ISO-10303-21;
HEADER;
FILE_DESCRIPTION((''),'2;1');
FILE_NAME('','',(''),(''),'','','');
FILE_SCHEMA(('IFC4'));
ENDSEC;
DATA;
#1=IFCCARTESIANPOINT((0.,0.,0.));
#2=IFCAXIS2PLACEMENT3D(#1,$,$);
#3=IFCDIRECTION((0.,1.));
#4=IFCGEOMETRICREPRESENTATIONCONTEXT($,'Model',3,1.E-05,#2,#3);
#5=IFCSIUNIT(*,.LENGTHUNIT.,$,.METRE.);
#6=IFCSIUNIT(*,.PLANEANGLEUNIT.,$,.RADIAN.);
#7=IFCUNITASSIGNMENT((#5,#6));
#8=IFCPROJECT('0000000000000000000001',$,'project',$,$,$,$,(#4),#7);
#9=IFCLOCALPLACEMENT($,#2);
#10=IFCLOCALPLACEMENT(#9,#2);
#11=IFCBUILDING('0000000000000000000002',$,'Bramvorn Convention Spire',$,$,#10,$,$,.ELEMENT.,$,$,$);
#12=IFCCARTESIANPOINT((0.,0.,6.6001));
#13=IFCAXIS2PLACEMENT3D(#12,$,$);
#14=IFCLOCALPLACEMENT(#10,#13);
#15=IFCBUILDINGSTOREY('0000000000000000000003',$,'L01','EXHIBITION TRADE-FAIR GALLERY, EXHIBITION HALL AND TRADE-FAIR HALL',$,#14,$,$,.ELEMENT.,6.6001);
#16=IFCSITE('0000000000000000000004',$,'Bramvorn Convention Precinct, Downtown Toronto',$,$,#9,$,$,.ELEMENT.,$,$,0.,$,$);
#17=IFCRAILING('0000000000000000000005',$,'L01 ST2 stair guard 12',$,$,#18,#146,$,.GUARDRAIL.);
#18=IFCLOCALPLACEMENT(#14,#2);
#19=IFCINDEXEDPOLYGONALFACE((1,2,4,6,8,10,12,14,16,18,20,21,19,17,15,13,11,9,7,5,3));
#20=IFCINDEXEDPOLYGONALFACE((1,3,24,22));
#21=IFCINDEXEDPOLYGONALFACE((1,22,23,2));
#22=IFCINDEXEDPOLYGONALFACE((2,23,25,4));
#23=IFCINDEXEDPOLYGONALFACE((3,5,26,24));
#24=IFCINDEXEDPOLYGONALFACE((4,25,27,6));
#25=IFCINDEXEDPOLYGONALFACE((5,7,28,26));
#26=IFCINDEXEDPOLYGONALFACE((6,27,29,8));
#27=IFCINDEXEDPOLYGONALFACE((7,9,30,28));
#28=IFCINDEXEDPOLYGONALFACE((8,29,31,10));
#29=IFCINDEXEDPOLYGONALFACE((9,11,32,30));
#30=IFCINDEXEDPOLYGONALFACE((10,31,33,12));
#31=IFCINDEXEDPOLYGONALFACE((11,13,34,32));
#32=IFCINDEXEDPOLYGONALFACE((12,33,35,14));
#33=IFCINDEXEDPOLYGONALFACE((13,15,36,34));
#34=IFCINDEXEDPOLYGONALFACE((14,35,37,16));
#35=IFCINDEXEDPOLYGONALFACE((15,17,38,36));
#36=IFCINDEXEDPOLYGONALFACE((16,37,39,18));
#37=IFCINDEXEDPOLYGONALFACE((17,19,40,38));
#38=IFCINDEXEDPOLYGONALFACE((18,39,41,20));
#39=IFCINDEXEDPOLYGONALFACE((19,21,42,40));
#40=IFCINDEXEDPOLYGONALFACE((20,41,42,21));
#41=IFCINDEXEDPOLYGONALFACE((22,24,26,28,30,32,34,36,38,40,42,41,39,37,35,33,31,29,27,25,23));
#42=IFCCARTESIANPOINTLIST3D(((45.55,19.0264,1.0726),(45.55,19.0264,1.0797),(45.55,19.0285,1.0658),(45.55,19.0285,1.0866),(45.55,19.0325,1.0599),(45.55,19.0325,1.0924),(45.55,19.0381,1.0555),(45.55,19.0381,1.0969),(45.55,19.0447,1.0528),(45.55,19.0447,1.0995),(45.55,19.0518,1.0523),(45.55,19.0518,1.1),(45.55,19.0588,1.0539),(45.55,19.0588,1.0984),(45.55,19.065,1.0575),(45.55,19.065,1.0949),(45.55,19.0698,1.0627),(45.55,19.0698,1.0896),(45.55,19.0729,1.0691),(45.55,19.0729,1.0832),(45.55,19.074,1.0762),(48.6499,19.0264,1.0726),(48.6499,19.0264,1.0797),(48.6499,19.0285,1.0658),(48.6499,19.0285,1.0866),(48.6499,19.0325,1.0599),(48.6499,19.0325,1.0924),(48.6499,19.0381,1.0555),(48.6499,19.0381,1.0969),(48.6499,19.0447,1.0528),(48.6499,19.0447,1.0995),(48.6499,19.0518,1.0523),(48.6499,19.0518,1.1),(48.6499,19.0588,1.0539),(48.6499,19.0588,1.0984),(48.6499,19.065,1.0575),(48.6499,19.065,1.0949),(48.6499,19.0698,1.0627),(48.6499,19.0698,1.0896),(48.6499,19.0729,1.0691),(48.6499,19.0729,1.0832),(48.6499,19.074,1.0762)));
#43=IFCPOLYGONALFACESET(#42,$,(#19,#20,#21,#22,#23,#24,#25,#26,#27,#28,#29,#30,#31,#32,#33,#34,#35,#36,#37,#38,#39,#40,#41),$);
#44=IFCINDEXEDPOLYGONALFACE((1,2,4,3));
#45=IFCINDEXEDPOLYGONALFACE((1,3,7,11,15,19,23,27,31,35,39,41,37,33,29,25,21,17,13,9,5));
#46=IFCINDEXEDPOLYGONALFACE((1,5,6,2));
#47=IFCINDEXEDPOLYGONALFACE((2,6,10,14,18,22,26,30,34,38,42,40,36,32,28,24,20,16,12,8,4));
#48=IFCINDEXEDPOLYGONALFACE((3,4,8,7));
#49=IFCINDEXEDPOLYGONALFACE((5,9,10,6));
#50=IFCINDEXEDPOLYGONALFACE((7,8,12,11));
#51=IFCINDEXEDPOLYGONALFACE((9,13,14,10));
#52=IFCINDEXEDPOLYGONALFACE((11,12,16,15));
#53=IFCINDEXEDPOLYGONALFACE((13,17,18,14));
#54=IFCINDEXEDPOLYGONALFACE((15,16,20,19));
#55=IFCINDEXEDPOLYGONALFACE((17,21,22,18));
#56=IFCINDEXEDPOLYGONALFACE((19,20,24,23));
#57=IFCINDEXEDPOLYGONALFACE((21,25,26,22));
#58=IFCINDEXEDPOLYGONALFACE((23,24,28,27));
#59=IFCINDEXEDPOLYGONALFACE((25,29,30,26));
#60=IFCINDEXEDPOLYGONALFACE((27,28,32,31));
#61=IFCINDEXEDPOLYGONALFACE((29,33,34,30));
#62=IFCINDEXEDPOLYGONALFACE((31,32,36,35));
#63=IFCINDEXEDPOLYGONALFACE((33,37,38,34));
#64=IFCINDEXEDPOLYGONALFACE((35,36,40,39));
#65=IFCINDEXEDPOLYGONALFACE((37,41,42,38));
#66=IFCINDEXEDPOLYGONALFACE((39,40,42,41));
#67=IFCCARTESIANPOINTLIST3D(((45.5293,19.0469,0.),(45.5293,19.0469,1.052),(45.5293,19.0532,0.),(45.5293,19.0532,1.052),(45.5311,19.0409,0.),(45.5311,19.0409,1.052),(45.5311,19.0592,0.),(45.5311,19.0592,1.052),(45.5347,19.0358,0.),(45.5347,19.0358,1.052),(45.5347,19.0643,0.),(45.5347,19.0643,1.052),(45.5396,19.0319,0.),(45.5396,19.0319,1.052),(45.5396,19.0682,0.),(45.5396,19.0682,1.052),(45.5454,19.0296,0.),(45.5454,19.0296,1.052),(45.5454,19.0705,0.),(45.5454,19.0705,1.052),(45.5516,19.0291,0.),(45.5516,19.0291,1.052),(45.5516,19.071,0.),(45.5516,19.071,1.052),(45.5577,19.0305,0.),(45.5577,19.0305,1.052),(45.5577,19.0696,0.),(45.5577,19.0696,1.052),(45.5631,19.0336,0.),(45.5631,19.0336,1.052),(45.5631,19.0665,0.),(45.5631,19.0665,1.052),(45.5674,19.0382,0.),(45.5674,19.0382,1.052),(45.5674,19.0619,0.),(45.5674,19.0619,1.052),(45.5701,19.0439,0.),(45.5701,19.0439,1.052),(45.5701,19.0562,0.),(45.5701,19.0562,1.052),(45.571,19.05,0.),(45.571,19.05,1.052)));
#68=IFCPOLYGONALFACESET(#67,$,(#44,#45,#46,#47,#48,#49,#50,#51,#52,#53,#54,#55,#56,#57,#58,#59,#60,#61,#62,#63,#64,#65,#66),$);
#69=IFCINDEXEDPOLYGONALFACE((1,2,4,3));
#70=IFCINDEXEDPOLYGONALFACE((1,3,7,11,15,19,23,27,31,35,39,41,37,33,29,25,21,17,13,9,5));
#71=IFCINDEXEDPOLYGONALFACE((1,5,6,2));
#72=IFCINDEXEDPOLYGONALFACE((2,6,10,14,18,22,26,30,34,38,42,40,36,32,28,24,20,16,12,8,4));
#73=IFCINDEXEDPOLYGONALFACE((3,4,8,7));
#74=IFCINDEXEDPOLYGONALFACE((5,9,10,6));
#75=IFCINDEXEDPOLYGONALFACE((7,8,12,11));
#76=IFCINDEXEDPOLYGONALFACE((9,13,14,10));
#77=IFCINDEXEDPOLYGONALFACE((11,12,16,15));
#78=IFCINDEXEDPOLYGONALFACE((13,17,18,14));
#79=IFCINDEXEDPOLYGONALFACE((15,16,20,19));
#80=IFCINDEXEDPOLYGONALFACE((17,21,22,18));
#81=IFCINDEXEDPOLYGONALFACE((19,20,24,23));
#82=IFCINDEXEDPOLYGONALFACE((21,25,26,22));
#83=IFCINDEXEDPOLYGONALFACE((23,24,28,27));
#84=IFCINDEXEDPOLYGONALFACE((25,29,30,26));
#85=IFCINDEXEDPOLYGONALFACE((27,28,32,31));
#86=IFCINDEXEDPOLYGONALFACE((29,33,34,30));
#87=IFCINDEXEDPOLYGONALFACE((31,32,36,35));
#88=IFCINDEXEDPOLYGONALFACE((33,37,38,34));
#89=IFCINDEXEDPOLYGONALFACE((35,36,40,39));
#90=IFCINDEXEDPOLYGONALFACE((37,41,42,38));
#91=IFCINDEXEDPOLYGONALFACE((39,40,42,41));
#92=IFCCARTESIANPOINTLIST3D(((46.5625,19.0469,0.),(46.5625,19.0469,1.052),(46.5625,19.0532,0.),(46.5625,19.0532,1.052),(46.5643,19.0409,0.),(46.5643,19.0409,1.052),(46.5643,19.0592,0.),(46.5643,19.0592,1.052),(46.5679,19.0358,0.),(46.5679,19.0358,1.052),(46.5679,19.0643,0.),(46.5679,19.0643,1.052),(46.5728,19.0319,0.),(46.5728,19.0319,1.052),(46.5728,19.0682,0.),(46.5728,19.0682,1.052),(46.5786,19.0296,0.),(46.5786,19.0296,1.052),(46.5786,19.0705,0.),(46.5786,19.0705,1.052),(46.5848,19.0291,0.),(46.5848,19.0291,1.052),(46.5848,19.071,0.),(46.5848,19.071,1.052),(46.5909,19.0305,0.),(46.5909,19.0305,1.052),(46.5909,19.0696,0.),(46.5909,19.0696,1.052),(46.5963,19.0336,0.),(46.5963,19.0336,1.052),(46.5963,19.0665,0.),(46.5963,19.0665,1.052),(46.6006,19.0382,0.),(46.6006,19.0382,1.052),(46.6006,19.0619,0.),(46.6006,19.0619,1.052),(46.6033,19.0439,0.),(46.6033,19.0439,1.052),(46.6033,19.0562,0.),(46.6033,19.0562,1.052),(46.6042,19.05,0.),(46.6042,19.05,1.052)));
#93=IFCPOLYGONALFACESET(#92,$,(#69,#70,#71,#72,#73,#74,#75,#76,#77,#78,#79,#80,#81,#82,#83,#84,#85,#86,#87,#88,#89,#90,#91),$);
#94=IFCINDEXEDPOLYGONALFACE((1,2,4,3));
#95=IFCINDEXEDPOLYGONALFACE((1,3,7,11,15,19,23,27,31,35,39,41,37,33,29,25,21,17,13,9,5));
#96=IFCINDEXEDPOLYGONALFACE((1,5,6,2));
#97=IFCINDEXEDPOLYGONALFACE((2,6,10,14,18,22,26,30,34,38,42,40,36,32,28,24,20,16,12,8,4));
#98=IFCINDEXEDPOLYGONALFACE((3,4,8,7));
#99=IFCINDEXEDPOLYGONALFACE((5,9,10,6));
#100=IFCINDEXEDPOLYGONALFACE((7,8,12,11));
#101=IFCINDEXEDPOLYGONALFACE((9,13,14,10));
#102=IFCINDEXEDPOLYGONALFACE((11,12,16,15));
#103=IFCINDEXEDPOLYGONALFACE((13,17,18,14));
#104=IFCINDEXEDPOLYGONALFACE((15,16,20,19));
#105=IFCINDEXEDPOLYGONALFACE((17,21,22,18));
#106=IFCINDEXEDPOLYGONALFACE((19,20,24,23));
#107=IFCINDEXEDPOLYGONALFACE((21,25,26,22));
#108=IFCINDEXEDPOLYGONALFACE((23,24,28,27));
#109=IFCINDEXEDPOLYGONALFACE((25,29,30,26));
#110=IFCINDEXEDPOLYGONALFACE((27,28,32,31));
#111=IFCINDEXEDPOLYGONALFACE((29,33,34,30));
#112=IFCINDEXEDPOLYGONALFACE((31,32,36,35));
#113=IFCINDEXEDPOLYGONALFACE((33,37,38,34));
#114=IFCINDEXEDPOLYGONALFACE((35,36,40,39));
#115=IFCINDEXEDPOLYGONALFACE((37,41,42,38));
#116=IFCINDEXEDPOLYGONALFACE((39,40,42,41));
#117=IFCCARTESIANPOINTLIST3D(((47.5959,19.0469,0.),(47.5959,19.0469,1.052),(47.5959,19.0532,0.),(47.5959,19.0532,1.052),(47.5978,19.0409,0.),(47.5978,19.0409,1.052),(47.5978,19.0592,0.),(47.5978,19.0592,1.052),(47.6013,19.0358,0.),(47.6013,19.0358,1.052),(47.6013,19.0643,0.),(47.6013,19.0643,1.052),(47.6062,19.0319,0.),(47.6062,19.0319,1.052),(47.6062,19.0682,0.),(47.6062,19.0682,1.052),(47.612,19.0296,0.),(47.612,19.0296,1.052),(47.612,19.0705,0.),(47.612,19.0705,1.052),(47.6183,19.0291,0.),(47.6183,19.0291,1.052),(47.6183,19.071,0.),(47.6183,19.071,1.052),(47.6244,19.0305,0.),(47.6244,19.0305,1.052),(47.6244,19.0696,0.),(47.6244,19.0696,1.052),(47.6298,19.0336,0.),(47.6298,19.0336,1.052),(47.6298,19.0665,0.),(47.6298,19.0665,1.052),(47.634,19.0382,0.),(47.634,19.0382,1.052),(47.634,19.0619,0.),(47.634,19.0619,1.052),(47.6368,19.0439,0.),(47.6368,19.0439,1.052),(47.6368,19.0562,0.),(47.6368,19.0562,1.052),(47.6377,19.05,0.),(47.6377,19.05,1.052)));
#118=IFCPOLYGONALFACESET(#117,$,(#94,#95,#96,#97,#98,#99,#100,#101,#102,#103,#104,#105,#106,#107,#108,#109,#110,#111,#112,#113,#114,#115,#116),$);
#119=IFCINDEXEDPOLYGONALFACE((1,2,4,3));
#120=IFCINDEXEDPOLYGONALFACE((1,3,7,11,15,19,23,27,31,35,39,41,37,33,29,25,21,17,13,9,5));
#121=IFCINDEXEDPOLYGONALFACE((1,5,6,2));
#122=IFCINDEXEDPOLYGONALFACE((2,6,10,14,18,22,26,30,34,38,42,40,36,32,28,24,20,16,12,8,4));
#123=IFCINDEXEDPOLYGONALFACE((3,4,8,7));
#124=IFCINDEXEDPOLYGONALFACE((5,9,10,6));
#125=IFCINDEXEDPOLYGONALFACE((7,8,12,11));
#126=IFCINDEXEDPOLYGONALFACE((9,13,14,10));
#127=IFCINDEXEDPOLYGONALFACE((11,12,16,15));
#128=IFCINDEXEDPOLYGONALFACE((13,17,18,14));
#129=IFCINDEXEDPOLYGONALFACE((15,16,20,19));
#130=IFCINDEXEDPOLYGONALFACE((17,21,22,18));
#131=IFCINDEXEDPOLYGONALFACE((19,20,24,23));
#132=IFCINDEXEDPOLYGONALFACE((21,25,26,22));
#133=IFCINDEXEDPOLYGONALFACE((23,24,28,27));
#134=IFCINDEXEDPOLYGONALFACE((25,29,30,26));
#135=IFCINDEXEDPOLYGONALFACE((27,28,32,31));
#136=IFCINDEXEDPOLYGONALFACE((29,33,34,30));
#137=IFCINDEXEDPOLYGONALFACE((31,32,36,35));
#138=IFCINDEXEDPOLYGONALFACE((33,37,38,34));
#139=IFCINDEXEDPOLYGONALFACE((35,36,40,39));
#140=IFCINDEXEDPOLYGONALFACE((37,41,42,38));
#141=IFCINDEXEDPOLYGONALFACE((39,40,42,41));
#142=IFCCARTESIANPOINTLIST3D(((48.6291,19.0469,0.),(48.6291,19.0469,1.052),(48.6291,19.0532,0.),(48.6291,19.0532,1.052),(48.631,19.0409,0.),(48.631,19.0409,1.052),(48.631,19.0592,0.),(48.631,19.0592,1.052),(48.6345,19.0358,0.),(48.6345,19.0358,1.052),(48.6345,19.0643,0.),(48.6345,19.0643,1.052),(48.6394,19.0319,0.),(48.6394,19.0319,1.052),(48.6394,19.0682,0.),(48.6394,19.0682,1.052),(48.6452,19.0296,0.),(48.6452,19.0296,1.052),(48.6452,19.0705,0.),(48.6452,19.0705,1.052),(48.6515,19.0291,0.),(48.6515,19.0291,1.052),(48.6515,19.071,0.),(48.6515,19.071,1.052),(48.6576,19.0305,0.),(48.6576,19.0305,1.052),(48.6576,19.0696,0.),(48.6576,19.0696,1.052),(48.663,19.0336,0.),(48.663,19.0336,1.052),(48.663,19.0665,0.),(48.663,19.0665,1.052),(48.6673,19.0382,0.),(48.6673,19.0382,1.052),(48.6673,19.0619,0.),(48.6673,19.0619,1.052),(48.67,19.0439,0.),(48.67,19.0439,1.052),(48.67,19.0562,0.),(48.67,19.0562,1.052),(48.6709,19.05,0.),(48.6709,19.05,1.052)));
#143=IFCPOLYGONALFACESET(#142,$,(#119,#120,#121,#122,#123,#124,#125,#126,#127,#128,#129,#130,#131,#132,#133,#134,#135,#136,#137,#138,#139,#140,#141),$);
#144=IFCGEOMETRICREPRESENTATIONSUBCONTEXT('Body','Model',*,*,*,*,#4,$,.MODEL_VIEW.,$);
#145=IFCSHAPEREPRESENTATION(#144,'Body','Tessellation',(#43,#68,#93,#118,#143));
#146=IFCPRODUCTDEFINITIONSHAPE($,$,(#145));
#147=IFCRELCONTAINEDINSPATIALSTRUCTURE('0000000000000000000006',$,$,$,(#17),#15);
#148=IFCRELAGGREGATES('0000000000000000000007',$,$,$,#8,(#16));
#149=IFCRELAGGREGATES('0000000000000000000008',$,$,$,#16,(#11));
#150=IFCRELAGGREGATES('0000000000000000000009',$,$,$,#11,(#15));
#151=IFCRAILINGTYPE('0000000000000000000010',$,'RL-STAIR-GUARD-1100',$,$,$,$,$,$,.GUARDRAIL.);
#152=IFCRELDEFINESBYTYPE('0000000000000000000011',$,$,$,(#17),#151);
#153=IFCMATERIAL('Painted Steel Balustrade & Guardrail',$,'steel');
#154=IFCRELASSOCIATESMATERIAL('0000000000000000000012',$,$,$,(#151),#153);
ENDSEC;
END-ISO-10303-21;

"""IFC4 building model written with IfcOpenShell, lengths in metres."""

from ifc_helpers import new_model, si_unit, direction, frame, origin, origin_2d, place, context, subcontext, project, spatial, circle, extrude, material, type_object, element, save


model = new_model("IFC4")

# Units and contexts
model_context = context("Model", 3, precision=1e-05, world=origin(), true_north=direction((0.0, 1.0)))
body_context = subcontext(model_context, "Body", "Model", "MODEL_VIEW")
ifc_project = project(units=[si_unit("LENGTHUNIT", "METRE"), si_unit("PLANEANGLEUNIT", "RADIAN")], contexts=[model_context])

# Site, building, storey
site_placement = place(None, origin())
site = spatial("IfcSite", under=ifc_project, at=site_placement, Name="Bramvorn Convention Precinct, Downtown Toronto", CompositionType="ELEMENT", RefElevation=0.0)
building_placement = place(site_placement, origin())
building = spatial("IfcBuilding", under=site, at=building_placement, Name="Bramvorn Convention Spire", CompositionType="ELEMENT")
storey_placement = place(building_placement, frame((0.0, 0.0, 6.6001)))
storey = spatial("IfcBuildingStorey", under=building, at=storey_placement, Name="L01", Description="EXHIBITION TRADE-FAIR GALLERY, EXHIBITION HALL AND TRADE-FAIR HALL", CompositionType="ELEMENT", Elevation=6.6001)

# Railing
ifc_material_1 = material(Name="Painted Steel Balustrade & Guardrail", Category="steel")
railing_type = type_object("IfcRailingType", Name="RL-STAIR-GUARD-1100", PredefinedType="GUARDRAIL", material=ifc_material_1)
railing_placement = place(storey_placement, frame((45.55, 19.05, 0.0)))
element("IfcRailing", 1, at=railing_placement, inside=storey, type_object=railing_type, Name="L01 ST2 stair guard 12", PredefinedType="GUARDRAIL", context=body_context, shape_type="SweptSolid", body=[
    extrude(circle(Radius=0.0239, at=origin_2d()), frame((0.0, 0.0, 1.0762), z_axis=(1.0, 0.0, 0.0), x_axis=(0.0, 1.0, 0.0)), (0.0, 0.0, 1.0), 3.0999),
    extrude(circle(Radius=0.021, at=origin_2d()), origin(), (0.0, 0.0, 1.0), 1.052),
    extrude(circle(Radius=0.021, at=origin_2d()), frame((1.0332, 0.0, 0.0)), (0.0, 0.0, 1.0), 1.052),
    extrude(circle(Radius=0.021, at=origin_2d()), frame((2.0667, 0.0, 0.0)), (0.0, 0.0, 1.0), 1.052),
    extrude(circle(Radius=0.021, at=origin_2d()), frame((3.0999, 0.0, 0.0)), (0.0, 0.0, 1.0), 1.052),
])

save(model, "model.ifc")
